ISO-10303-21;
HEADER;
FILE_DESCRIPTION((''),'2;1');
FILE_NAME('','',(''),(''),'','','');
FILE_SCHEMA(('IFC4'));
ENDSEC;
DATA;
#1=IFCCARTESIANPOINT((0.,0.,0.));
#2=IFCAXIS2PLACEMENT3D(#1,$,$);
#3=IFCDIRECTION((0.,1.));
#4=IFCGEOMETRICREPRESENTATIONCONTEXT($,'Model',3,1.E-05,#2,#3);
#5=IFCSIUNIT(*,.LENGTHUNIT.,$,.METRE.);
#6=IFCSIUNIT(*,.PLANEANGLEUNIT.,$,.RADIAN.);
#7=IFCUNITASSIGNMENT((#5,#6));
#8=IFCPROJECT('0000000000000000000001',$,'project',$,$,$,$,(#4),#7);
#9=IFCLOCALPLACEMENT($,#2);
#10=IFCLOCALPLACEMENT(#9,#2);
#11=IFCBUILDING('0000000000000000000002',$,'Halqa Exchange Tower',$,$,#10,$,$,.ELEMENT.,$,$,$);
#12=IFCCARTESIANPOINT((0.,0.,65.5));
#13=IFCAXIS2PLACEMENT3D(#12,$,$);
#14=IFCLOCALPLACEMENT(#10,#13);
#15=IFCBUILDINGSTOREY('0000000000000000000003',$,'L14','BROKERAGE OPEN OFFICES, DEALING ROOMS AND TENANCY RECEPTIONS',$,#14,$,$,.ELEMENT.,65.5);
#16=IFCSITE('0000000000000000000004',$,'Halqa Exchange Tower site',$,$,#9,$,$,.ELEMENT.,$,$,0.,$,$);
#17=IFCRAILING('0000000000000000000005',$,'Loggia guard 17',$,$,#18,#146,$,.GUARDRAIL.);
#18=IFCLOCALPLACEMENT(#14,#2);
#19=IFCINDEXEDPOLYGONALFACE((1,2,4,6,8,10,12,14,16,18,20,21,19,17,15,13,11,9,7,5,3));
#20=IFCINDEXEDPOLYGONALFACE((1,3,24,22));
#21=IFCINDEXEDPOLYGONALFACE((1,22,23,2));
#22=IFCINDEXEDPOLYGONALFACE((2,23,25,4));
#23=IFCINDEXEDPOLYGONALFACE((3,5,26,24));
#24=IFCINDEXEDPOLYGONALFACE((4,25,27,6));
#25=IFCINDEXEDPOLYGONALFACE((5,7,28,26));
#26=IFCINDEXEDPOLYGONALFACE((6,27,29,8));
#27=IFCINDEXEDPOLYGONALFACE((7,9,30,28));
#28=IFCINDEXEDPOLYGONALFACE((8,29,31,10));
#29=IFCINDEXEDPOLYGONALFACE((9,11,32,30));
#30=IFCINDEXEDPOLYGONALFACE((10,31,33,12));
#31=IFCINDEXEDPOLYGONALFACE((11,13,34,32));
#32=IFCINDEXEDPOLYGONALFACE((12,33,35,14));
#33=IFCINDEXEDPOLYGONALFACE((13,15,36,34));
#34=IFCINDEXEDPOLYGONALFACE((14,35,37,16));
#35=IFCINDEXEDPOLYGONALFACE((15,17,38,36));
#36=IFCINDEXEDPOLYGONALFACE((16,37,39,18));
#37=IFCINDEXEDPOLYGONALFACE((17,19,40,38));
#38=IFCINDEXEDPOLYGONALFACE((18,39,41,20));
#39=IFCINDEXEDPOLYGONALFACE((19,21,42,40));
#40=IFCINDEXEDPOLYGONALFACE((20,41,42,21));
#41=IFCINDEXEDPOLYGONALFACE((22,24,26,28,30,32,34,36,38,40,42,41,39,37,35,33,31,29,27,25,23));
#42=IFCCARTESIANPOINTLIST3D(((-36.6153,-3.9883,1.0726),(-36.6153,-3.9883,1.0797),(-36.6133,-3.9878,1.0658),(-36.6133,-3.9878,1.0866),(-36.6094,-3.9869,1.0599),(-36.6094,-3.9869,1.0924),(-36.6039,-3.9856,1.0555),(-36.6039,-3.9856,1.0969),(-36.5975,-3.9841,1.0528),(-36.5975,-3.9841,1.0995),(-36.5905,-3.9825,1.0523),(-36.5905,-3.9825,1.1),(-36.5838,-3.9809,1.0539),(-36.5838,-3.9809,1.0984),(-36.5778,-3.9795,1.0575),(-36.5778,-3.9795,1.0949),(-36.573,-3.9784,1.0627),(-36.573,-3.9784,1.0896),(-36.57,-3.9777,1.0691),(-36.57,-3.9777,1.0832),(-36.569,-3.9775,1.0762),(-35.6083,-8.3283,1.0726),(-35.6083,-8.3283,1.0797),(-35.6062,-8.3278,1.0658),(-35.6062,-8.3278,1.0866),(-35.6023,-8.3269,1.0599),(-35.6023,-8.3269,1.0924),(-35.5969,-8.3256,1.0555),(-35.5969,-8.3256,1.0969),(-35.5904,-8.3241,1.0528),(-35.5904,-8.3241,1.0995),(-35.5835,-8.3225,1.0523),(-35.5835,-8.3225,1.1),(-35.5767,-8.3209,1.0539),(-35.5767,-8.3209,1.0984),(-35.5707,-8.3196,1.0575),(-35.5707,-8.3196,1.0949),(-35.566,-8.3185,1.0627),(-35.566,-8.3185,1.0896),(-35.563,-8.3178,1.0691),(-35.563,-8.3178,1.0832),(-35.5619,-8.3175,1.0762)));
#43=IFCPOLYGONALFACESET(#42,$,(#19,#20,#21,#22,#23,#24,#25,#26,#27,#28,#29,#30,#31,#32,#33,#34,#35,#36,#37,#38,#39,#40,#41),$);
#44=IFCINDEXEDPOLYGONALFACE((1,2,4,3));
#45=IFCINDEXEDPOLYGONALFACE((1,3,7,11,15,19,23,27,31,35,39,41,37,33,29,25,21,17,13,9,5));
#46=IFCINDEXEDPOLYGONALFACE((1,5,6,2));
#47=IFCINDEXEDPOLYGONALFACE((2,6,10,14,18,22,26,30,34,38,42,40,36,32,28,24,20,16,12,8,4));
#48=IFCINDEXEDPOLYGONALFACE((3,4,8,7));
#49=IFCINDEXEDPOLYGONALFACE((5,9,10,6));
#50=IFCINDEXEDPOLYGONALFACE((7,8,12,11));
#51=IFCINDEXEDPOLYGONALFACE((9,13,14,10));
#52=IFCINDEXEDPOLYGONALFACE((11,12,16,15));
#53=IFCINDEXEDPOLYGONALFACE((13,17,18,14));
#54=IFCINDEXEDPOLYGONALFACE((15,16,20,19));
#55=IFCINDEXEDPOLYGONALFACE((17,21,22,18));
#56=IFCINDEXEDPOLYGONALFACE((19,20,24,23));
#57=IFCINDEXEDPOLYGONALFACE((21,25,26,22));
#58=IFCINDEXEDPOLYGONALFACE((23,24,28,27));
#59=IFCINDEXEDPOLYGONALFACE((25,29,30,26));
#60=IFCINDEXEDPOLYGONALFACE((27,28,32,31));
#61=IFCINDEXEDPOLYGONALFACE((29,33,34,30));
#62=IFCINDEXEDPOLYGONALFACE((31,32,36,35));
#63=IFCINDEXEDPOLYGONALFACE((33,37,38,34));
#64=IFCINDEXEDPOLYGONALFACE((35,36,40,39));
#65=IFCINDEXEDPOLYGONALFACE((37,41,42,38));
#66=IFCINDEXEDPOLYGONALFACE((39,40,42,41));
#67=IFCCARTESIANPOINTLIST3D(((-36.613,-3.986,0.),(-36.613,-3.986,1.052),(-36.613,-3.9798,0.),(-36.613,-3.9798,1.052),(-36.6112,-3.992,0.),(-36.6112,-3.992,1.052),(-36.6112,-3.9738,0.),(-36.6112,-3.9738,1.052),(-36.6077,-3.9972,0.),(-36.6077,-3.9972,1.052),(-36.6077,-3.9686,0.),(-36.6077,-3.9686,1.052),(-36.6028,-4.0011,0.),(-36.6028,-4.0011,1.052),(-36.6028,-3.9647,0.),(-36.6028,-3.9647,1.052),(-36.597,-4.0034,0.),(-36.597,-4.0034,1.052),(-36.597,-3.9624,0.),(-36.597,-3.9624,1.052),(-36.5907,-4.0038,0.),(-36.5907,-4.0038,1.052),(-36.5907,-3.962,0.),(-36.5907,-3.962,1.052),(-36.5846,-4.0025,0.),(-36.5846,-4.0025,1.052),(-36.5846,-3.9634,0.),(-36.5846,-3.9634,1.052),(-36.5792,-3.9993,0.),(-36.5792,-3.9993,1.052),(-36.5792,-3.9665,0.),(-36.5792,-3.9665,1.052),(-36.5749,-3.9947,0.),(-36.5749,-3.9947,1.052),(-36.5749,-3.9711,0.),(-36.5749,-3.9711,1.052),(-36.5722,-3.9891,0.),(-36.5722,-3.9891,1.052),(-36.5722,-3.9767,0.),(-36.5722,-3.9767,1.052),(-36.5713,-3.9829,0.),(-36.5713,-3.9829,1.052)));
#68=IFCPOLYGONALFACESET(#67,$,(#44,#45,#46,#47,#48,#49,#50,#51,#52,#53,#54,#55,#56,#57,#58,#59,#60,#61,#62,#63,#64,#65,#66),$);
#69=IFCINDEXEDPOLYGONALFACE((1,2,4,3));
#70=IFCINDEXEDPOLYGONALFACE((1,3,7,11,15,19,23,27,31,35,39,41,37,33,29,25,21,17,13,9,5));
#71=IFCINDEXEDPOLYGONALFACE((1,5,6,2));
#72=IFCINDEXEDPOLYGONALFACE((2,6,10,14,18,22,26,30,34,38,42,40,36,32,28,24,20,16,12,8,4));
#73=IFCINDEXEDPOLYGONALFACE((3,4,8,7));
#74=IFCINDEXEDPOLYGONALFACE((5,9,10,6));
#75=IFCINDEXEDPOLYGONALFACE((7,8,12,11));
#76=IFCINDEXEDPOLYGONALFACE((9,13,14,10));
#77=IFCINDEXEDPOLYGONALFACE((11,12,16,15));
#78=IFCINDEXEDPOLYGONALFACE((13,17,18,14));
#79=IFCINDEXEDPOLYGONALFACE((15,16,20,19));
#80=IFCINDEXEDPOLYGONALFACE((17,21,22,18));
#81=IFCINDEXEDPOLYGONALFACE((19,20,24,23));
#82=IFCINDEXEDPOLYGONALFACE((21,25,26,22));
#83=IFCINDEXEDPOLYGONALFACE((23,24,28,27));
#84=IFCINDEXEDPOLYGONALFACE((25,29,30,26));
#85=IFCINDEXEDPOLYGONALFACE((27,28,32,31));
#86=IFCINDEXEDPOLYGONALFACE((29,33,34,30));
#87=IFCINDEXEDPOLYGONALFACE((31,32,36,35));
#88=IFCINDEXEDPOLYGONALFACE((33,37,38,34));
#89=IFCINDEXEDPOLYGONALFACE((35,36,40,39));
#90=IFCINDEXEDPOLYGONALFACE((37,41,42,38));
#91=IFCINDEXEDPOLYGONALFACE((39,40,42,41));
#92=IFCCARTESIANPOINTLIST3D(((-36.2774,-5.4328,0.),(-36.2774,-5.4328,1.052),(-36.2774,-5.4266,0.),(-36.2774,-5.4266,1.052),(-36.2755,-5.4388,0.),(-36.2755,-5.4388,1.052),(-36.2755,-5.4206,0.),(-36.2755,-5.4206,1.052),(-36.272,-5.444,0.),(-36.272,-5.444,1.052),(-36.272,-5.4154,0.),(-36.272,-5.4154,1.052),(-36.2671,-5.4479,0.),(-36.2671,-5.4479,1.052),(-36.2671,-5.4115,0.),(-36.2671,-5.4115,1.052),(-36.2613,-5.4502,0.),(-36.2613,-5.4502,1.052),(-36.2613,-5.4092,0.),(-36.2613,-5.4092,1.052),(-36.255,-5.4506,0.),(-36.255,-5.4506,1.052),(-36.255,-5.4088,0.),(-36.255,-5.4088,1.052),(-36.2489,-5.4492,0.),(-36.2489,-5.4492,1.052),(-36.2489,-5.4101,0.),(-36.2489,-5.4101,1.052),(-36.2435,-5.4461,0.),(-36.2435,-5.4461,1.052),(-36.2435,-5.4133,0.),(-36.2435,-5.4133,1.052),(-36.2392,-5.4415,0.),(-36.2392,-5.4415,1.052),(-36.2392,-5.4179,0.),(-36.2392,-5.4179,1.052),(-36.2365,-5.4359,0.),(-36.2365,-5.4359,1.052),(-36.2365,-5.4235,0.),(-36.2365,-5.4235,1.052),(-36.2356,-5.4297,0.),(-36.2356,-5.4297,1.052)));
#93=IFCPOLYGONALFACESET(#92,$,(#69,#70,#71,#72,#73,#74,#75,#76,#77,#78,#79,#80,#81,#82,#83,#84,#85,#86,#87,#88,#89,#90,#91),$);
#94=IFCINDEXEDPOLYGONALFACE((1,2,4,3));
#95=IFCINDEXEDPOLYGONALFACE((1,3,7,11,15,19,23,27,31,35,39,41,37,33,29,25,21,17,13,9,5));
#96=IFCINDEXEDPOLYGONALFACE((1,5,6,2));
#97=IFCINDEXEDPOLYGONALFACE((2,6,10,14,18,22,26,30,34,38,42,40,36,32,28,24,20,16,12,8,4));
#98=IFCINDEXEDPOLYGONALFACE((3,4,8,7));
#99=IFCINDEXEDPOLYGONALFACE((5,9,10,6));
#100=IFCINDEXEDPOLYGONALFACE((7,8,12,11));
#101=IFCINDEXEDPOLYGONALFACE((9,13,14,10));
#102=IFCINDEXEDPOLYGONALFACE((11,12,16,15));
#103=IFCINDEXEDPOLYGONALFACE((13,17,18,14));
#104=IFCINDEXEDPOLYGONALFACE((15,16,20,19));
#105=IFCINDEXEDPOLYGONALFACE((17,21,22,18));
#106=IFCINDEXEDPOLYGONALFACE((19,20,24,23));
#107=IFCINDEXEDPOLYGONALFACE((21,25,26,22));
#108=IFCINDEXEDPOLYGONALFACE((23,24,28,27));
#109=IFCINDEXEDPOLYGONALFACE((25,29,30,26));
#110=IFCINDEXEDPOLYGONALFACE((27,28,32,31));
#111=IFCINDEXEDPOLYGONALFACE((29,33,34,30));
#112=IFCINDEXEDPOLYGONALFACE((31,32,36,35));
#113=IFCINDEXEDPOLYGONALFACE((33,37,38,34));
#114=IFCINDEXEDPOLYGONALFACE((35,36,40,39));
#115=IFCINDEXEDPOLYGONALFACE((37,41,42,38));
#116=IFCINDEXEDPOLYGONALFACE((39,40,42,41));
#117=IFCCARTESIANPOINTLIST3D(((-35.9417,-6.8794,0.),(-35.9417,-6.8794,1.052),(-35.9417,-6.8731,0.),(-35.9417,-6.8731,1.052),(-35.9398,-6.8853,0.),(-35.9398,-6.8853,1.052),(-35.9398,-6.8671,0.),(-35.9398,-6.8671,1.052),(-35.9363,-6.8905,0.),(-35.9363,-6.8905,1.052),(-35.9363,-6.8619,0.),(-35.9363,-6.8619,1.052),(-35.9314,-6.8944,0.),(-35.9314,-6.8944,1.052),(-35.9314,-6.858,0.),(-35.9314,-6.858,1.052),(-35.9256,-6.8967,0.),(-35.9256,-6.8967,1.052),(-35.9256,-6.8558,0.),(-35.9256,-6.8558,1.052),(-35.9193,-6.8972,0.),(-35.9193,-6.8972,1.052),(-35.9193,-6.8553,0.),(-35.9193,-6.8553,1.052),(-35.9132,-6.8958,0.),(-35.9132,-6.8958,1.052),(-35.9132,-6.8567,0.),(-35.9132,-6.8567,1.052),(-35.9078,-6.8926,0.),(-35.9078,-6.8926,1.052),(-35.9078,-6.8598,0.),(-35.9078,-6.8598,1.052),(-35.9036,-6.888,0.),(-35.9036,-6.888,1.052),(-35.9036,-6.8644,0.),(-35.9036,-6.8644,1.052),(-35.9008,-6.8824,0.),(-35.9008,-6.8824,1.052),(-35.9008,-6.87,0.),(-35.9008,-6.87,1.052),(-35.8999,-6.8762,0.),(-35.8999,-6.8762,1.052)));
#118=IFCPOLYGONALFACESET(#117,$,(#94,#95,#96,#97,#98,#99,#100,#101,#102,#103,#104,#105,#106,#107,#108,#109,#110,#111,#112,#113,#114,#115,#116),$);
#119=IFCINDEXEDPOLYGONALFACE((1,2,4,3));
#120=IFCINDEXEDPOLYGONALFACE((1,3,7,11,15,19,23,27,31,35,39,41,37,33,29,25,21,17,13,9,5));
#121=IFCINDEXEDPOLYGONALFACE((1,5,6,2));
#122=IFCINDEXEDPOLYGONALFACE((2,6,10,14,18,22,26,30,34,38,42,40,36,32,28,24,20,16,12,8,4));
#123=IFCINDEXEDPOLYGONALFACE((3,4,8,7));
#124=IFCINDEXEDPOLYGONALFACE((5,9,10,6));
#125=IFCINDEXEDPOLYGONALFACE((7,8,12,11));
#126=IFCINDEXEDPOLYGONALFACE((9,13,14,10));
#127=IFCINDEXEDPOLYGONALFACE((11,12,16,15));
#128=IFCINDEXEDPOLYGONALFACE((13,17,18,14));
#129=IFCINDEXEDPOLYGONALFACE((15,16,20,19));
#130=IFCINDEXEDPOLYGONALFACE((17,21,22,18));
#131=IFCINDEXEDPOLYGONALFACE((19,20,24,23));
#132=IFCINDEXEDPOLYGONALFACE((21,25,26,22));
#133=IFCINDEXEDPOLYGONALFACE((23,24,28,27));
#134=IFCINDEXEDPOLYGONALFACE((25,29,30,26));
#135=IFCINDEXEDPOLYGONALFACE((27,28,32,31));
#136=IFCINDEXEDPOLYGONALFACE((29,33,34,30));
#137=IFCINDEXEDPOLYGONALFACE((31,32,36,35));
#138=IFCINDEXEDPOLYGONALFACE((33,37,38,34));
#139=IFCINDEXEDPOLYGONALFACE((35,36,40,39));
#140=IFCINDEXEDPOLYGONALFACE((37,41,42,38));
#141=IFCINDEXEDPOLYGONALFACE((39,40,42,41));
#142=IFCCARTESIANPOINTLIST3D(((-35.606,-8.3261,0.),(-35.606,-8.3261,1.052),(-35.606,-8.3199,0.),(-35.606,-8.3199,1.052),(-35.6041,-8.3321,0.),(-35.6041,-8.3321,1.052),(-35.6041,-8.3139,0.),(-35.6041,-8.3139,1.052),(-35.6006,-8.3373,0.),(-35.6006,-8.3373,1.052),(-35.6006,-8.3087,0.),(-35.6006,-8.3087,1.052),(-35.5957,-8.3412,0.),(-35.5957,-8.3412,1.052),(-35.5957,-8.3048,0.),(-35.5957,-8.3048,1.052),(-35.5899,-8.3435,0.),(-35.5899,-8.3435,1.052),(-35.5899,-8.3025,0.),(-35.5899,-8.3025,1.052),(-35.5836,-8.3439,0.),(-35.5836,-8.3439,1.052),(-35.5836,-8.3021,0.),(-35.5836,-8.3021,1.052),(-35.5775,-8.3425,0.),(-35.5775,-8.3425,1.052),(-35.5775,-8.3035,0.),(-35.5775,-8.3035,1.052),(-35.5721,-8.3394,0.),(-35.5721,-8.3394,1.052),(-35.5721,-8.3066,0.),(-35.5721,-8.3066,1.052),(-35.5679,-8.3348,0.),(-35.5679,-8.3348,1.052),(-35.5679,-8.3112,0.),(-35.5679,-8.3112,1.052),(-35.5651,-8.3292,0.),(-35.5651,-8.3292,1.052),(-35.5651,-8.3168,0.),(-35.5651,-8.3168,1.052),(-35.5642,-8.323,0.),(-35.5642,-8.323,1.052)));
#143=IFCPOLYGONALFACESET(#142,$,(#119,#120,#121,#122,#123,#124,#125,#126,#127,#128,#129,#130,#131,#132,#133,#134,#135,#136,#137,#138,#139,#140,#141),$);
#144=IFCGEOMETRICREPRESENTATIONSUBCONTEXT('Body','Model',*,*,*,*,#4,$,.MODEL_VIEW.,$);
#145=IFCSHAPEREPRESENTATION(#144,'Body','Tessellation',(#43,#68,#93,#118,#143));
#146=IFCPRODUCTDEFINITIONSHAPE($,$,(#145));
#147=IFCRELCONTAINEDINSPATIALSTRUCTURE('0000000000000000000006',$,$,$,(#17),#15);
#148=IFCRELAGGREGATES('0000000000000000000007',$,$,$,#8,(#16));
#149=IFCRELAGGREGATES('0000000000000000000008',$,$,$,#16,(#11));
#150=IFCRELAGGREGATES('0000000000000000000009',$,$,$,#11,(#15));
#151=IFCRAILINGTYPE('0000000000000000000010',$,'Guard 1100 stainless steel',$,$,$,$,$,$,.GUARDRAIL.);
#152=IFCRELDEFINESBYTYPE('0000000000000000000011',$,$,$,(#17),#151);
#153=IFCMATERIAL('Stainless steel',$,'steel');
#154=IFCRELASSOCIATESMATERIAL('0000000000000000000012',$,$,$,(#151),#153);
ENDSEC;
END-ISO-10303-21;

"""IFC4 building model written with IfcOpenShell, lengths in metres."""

from ifc_helpers import new_model, si_unit, direction, frame, origin, origin_2d, place, context, subcontext, project, spatial, circle, extrude, material, type_object, element, save


model = new_model("IFC4")

# Units and contexts
model_context = context("Model", 3, precision=1e-05, world=origin(), true_north=direction((0.0, 1.0)))
body_context = subcontext(model_context, "Body", "Model", "MODEL_VIEW")
ifc_project = project(units=[si_unit("LENGTHUNIT", "METRE"), si_unit("PLANEANGLEUNIT", "RADIAN")], contexts=[model_context])

# Site, building, storey
site_placement = place(None, origin())
site = spatial("IfcSite", under=ifc_project, at=site_placement, Name="Halqa Exchange Tower site", CompositionType="ELEMENT", RefElevation=0.0)
building_placement = place(site_placement, origin())
building = spatial("IfcBuilding", under=site, at=building_placement, Name="Halqa Exchange Tower", CompositionType="ELEMENT")
storey_placement = place(building_placement, frame((0.0, 0.0, 65.5)))
storey = spatial("IfcBuildingStorey", under=building, at=storey_placement, Name="L14", Description="BROKERAGE OPEN OFFICES, DEALING ROOMS AND TENANCY RECEPTIONS", CompositionType="ELEMENT", Elevation=65.5)

# Railing
ifc_material_1 = material(Name="Stainless steel", Category="steel")
railing_type = type_object("IfcRailingType", Name="Guard 1100 stainless steel", PredefinedType="GUARDRAIL", material=ifc_material_1)
railing_1_placement = place(storey_placement, frame((-36.5923, -3.9829, 0.0)))
element("IfcRailing", 1, at=railing_1_placement, inside=storey, type_object=railing_type, Name="Loggia guard 17", PredefinedType="GUARDRAIL", context=body_context, shape_type="SweptSolid", body=[
    extrude(circle(Radius=0.0239, at=origin_2d()), frame((0.0, 0.0, 1.0762), z_axis=(0.226036, -0.974119, 0.0), x_axis=(0.974119, 0.226036, 0.0)), (0.0, 0.0, 1.0), 4.4553),
    extrude(circle(Radius=0.021, at=origin_2d()), origin(), (0.0, 0.0, 1.0), 1.052),
    extrude(circle(Radius=0.021, at=origin_2d()), frame((0.3357, -1.4468, 0.0)), (0.0, 0.0, 1.0), 1.052),
    extrude(circle(Radius=0.021, at=origin_2d()), frame((0.6714, -2.8933, 0.0)), (0.0, 0.0, 1.0), 1.052),
    extrude(circle(Radius=0.021, at=origin_2d()), frame((1.0071, -4.3401, 0.0)), (0.0, 0.0, 1.0), 1.052),
])

save(model, "model.ifc")
